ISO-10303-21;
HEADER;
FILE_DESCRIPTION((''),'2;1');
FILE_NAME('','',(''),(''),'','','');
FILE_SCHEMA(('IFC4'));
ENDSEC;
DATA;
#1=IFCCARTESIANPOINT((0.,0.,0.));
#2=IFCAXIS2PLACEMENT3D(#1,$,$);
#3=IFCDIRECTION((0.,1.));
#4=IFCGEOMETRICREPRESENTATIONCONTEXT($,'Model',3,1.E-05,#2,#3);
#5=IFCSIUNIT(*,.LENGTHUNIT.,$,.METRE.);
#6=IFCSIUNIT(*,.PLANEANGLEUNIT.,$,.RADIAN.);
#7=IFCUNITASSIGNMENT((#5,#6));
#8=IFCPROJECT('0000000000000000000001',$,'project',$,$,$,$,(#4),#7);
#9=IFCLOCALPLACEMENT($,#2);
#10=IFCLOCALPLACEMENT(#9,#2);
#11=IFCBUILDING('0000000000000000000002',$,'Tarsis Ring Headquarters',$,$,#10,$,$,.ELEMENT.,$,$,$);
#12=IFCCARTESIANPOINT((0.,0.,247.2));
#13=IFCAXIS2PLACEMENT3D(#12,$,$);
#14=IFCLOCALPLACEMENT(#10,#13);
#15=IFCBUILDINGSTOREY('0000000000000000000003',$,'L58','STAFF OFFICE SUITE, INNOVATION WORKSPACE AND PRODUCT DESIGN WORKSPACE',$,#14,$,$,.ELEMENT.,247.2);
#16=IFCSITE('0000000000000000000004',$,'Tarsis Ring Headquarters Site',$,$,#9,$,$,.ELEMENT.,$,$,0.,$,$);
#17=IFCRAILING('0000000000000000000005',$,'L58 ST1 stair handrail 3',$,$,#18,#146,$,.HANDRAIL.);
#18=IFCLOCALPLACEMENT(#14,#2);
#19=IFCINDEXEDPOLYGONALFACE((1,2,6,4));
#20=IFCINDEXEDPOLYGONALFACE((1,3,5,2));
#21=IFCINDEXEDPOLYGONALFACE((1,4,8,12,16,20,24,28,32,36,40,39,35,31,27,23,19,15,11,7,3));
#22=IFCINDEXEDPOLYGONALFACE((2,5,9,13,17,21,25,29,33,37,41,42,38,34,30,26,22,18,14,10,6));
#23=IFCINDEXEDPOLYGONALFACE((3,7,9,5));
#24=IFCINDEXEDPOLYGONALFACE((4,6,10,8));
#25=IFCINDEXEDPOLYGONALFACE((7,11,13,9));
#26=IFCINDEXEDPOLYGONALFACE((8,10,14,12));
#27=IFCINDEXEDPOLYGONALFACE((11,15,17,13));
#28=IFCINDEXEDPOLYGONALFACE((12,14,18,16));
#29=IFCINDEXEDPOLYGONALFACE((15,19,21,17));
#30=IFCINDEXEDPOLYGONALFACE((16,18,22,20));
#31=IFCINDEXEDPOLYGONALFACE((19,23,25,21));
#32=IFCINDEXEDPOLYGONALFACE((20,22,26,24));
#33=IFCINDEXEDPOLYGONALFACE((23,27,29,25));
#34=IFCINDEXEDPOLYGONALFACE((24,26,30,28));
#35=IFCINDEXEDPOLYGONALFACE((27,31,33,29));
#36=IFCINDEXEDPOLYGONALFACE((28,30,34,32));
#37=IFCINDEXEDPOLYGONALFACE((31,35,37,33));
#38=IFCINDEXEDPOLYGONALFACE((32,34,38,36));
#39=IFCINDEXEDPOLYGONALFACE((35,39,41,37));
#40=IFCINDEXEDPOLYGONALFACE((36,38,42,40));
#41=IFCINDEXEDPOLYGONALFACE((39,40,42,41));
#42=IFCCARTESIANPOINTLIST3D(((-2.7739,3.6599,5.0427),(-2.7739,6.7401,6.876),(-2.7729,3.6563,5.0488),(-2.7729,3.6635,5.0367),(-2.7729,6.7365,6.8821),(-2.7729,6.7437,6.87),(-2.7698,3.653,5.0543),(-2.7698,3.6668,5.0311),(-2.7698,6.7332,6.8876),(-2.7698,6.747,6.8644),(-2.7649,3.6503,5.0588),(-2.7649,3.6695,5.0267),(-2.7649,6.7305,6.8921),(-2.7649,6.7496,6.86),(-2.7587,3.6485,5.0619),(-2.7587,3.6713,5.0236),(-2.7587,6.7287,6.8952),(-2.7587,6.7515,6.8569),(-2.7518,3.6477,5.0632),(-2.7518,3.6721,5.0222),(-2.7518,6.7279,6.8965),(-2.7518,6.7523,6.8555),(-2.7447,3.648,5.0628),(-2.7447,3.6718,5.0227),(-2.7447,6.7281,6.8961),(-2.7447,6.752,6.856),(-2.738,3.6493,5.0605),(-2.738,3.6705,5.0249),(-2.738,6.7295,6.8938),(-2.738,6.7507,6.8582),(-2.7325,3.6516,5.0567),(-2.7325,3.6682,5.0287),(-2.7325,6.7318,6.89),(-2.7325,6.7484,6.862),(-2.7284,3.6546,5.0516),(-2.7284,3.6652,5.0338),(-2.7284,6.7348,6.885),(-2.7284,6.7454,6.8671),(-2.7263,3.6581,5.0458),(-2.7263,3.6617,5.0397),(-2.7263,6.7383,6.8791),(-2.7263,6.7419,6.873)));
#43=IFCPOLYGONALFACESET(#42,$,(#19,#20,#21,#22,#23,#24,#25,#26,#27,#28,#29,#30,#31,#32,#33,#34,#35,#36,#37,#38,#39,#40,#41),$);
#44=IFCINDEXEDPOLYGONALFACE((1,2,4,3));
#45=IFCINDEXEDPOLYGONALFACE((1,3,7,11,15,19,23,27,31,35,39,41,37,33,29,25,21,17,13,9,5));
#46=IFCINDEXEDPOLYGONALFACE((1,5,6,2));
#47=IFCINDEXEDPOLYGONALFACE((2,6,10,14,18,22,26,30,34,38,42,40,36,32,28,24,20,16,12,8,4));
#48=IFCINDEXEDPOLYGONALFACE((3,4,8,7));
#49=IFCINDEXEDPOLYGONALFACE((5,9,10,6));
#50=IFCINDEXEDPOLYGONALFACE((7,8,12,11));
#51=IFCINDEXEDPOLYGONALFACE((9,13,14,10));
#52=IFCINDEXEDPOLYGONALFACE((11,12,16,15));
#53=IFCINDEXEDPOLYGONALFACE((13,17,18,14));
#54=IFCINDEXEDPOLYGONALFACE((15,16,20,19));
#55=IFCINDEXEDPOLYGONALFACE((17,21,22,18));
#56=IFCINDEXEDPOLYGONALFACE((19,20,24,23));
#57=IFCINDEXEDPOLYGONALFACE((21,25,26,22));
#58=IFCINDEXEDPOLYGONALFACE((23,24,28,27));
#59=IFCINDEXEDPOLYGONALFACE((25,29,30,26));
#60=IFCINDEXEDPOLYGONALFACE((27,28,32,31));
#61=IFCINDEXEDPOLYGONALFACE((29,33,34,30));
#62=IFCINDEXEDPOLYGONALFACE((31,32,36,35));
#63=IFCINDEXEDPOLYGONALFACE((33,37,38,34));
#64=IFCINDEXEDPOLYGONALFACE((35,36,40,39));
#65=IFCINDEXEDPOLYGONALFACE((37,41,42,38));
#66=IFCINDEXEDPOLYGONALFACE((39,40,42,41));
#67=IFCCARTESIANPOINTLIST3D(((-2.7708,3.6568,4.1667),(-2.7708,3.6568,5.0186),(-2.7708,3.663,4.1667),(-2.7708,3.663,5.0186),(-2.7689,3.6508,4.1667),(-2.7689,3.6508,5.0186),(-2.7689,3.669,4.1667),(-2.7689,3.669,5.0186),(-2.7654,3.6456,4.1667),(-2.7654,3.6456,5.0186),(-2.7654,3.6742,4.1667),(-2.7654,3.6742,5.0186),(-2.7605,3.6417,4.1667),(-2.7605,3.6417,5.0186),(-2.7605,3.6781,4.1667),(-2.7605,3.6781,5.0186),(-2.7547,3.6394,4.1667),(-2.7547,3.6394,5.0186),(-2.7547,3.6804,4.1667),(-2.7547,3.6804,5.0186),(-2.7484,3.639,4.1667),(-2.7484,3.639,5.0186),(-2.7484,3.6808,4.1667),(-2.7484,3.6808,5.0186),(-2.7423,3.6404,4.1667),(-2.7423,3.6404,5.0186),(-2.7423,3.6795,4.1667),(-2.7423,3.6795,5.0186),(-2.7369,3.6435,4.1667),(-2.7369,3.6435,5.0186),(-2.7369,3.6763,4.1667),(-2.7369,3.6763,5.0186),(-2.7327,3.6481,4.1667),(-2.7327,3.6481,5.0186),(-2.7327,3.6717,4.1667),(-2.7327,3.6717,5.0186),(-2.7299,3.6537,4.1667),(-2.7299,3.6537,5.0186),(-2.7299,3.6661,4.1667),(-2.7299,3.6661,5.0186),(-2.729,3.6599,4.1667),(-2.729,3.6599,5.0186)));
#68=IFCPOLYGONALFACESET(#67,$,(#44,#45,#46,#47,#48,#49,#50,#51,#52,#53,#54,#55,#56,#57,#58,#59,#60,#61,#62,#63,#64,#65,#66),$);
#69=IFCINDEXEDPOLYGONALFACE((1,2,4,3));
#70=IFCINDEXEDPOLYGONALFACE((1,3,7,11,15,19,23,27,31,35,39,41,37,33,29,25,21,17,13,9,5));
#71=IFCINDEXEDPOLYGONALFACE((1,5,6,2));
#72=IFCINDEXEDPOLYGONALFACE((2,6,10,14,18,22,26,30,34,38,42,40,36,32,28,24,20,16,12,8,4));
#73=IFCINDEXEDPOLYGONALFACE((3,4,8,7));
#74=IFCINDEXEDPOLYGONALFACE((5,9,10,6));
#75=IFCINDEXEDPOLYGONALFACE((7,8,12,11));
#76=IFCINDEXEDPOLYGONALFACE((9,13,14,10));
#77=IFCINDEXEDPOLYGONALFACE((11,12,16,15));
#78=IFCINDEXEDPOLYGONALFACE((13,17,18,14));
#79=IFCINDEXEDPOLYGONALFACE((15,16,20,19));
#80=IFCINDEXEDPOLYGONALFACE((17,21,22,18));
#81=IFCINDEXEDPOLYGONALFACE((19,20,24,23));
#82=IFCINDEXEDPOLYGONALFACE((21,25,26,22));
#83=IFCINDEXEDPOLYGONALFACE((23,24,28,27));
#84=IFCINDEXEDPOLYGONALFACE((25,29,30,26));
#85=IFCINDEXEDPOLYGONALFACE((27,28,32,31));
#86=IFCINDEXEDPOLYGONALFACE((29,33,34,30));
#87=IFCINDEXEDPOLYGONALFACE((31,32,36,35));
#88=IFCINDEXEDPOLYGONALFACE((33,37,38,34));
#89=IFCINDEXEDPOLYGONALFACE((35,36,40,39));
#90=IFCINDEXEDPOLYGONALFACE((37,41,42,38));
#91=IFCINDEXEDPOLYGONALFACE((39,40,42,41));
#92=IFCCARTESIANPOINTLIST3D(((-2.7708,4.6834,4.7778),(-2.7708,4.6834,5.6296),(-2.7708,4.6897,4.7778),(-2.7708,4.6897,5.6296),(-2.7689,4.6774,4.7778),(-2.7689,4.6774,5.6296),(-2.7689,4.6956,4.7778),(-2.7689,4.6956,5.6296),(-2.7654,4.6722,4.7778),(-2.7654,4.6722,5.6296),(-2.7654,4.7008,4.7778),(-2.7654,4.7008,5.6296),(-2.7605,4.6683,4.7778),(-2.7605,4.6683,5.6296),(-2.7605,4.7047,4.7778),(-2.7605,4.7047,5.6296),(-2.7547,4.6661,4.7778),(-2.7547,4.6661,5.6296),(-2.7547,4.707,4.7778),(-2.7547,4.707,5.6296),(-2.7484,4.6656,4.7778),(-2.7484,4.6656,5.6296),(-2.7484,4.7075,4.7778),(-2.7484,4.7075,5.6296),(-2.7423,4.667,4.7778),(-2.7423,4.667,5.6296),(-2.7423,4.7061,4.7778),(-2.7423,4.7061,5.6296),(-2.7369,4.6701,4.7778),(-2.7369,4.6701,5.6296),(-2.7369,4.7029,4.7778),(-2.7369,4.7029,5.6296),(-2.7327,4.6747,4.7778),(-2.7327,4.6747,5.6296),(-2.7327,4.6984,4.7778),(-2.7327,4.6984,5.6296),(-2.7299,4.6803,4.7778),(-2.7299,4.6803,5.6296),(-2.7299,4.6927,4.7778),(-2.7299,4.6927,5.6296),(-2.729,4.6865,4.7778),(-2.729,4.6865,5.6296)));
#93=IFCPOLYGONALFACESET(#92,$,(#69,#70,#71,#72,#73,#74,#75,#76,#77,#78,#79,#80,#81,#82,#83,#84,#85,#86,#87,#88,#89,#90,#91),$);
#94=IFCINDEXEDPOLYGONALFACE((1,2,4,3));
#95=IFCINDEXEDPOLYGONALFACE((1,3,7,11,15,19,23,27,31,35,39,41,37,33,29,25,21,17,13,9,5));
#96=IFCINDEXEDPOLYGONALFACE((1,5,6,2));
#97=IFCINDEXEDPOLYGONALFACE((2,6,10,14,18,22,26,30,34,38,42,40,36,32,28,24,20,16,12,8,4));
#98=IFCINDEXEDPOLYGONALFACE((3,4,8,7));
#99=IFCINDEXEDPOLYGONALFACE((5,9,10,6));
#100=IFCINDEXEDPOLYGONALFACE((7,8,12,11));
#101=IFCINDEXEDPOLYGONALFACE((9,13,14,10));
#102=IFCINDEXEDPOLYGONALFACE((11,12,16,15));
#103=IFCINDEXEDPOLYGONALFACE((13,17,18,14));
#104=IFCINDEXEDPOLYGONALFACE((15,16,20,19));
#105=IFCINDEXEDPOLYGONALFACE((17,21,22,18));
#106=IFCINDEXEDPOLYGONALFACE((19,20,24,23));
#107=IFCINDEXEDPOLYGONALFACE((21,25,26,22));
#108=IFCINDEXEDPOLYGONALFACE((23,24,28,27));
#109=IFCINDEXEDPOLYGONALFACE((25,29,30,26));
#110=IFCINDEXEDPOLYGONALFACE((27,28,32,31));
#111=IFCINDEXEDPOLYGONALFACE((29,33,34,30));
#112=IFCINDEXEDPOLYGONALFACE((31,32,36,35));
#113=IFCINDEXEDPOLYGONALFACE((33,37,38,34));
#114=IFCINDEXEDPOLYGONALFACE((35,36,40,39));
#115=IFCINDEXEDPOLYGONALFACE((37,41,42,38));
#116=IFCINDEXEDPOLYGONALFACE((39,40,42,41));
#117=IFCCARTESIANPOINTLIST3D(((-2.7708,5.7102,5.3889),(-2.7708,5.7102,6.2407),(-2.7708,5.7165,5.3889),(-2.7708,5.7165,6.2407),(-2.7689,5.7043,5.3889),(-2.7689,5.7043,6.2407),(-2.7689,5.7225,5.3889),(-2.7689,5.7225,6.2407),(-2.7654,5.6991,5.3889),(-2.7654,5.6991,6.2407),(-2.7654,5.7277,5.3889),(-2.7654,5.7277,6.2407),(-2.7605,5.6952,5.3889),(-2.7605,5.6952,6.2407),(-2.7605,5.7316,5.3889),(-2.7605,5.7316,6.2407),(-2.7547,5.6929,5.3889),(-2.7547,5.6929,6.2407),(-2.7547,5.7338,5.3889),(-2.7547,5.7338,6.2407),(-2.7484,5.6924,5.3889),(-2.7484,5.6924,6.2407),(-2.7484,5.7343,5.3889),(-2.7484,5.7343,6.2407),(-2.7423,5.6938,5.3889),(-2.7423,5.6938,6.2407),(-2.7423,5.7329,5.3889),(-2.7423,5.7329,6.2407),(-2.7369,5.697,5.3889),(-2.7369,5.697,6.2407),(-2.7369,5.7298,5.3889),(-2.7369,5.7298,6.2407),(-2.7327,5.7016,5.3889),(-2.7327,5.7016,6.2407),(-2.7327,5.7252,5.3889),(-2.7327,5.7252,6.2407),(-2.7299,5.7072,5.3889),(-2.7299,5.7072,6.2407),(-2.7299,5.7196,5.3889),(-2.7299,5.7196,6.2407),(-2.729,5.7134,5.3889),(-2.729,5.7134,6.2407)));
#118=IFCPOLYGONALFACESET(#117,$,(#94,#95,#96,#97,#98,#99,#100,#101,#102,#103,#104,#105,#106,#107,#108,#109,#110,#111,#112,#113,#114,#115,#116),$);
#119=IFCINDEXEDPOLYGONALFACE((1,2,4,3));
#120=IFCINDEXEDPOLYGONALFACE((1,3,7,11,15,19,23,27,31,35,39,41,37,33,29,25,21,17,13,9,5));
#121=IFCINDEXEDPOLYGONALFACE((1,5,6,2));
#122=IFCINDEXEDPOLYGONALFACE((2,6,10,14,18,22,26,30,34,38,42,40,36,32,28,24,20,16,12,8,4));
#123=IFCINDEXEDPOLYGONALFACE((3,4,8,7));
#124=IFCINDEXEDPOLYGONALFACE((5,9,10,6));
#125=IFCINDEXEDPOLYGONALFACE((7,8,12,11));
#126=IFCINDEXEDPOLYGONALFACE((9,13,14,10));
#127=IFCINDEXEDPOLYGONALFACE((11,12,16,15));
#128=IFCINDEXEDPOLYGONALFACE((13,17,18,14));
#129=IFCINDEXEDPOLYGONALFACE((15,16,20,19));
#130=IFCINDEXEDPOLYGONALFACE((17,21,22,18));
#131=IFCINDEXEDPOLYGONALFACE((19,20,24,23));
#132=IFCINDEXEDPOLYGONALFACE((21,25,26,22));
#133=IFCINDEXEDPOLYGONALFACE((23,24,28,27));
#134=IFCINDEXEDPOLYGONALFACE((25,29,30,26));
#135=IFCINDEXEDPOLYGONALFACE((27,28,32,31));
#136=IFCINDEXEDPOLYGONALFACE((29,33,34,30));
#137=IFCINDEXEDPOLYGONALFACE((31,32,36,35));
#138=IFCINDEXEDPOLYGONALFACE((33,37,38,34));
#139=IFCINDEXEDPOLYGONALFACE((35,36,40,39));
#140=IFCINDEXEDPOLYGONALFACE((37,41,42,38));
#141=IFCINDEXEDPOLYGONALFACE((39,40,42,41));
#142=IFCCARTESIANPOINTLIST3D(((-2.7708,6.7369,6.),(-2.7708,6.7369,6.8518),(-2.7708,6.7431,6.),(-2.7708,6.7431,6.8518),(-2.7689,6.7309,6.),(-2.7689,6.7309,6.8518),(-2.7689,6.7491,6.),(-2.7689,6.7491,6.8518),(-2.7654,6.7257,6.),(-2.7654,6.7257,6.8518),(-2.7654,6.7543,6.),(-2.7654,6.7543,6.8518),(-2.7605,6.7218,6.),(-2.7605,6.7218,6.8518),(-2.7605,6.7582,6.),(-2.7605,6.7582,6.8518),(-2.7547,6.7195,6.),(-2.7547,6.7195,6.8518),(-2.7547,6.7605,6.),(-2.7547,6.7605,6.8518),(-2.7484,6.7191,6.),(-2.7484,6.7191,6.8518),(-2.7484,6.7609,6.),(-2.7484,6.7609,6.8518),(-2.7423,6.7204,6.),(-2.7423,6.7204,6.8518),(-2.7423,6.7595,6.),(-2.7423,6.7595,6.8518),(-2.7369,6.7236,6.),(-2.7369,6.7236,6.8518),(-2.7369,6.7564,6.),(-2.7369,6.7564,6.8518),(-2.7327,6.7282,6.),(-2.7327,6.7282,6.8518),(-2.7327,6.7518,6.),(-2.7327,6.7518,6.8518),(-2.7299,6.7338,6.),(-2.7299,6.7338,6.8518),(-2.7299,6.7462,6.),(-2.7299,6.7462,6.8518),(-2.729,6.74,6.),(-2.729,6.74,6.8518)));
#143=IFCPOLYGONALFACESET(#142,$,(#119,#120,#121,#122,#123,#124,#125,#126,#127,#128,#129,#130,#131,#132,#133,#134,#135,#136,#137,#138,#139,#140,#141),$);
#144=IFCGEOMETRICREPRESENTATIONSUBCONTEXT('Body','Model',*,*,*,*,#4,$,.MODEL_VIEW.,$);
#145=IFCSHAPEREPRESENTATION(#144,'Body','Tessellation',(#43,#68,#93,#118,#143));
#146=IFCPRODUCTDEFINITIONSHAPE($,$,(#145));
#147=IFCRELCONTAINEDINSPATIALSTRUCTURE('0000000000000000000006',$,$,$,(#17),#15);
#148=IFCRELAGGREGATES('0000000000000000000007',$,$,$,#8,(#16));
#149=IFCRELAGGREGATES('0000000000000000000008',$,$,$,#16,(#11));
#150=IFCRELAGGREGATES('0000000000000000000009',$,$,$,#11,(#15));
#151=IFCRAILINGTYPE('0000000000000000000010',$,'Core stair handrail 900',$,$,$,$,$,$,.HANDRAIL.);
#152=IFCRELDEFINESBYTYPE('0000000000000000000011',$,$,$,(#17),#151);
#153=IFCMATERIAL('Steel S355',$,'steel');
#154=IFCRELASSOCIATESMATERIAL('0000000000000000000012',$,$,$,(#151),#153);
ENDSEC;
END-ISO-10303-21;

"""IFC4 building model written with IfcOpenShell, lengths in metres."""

from ifc_helpers import new_model, si_unit, direction, frame, origin, origin_2d, place, context, subcontext, project, spatial, circle, extrude, material, type_object, element, save


model = new_model("IFC4")

# Units and contexts
model_context = context("Model", 3, precision=1e-05, world=origin(), true_north=direction((0.0, 1.0)))
body_context = subcontext(model_context, "Body", "Model", "MODEL_VIEW")
ifc_project = project(units=[si_unit("LENGTHUNIT", "METRE"), si_unit("PLANEANGLEUNIT", "RADIAN")], contexts=[model_context])

# Site, building, storey
site_placement = place(None, origin())
site = spatial("IfcSite", under=ifc_project, at=site_placement, Name="Tarsis Ring Headquarters Site", CompositionType="ELEMENT", RefElevation=0.0)
building_placement = place(site_placement, origin())
building = spatial("IfcBuilding", under=site, at=building_placement, Name="Tarsis Ring Headquarters", CompositionType="ELEMENT")
storey_placement = place(building_placement, frame((0.0, 0.0, 247.2)))
storey = spatial("IfcBuildingStorey", under=building, at=storey_placement, Name="L58", Description="STAFF OFFICE SUITE, INNOVATION WORKSPACE AND PRODUCT DESIGN WORKSPACE", CompositionType="ELEMENT", Elevation=247.2)

# Shared definitions
ifc_material_1 = material(Name="Steel S355", Category="steel")

# Railing
railing_type_1 = type_object("IfcRailingType", Name="Core stair handrail 900", PredefinedType="HANDRAIL", material=ifc_material_1)
railing_1_placement = place(storey_placement, frame((-2.75, 3.6599, 4.1667)))
element("IfcRailing", 1, at=railing_1_placement, inside=storey, type_object=railing_type_1, Name="L58 ST1 stair handrail 3", PredefinedType="HANDRAIL", context=body_context, shape_type="SweptSolid", body=[
    extrude(circle(Radius=0.0239, at=origin_2d()), frame((0.0, 0.0, 0.876), z_axis=(0.0, 0.859309, 0.511458), x_axis=(-1.0, 0.0, 0.0)), (0.0, 0.0, 1.0), 3.5845),
    extrude(circle(Radius=0.021, at=origin_2d()), origin(), (0.0, 0.0, 1.0), 0.8518),
    extrude(circle(Radius=0.021, at=origin_2d()), frame((0.0, 1.0266, 0.6111)), (0.0, 0.0, 1.0), 0.8518),
    extrude(circle(Radius=0.021, at=origin_2d()), frame((0.0, 2.0535, 1.2222)), (0.0, 0.0, 1.0), 0.8518),
    extrude(circle(Radius=0.021, at=origin_2d()), frame((0.0, 3.0801, 1.8333)), (0.0, 0.0, 1.0), 0.8518),
])

save(model, "model.ifc")
